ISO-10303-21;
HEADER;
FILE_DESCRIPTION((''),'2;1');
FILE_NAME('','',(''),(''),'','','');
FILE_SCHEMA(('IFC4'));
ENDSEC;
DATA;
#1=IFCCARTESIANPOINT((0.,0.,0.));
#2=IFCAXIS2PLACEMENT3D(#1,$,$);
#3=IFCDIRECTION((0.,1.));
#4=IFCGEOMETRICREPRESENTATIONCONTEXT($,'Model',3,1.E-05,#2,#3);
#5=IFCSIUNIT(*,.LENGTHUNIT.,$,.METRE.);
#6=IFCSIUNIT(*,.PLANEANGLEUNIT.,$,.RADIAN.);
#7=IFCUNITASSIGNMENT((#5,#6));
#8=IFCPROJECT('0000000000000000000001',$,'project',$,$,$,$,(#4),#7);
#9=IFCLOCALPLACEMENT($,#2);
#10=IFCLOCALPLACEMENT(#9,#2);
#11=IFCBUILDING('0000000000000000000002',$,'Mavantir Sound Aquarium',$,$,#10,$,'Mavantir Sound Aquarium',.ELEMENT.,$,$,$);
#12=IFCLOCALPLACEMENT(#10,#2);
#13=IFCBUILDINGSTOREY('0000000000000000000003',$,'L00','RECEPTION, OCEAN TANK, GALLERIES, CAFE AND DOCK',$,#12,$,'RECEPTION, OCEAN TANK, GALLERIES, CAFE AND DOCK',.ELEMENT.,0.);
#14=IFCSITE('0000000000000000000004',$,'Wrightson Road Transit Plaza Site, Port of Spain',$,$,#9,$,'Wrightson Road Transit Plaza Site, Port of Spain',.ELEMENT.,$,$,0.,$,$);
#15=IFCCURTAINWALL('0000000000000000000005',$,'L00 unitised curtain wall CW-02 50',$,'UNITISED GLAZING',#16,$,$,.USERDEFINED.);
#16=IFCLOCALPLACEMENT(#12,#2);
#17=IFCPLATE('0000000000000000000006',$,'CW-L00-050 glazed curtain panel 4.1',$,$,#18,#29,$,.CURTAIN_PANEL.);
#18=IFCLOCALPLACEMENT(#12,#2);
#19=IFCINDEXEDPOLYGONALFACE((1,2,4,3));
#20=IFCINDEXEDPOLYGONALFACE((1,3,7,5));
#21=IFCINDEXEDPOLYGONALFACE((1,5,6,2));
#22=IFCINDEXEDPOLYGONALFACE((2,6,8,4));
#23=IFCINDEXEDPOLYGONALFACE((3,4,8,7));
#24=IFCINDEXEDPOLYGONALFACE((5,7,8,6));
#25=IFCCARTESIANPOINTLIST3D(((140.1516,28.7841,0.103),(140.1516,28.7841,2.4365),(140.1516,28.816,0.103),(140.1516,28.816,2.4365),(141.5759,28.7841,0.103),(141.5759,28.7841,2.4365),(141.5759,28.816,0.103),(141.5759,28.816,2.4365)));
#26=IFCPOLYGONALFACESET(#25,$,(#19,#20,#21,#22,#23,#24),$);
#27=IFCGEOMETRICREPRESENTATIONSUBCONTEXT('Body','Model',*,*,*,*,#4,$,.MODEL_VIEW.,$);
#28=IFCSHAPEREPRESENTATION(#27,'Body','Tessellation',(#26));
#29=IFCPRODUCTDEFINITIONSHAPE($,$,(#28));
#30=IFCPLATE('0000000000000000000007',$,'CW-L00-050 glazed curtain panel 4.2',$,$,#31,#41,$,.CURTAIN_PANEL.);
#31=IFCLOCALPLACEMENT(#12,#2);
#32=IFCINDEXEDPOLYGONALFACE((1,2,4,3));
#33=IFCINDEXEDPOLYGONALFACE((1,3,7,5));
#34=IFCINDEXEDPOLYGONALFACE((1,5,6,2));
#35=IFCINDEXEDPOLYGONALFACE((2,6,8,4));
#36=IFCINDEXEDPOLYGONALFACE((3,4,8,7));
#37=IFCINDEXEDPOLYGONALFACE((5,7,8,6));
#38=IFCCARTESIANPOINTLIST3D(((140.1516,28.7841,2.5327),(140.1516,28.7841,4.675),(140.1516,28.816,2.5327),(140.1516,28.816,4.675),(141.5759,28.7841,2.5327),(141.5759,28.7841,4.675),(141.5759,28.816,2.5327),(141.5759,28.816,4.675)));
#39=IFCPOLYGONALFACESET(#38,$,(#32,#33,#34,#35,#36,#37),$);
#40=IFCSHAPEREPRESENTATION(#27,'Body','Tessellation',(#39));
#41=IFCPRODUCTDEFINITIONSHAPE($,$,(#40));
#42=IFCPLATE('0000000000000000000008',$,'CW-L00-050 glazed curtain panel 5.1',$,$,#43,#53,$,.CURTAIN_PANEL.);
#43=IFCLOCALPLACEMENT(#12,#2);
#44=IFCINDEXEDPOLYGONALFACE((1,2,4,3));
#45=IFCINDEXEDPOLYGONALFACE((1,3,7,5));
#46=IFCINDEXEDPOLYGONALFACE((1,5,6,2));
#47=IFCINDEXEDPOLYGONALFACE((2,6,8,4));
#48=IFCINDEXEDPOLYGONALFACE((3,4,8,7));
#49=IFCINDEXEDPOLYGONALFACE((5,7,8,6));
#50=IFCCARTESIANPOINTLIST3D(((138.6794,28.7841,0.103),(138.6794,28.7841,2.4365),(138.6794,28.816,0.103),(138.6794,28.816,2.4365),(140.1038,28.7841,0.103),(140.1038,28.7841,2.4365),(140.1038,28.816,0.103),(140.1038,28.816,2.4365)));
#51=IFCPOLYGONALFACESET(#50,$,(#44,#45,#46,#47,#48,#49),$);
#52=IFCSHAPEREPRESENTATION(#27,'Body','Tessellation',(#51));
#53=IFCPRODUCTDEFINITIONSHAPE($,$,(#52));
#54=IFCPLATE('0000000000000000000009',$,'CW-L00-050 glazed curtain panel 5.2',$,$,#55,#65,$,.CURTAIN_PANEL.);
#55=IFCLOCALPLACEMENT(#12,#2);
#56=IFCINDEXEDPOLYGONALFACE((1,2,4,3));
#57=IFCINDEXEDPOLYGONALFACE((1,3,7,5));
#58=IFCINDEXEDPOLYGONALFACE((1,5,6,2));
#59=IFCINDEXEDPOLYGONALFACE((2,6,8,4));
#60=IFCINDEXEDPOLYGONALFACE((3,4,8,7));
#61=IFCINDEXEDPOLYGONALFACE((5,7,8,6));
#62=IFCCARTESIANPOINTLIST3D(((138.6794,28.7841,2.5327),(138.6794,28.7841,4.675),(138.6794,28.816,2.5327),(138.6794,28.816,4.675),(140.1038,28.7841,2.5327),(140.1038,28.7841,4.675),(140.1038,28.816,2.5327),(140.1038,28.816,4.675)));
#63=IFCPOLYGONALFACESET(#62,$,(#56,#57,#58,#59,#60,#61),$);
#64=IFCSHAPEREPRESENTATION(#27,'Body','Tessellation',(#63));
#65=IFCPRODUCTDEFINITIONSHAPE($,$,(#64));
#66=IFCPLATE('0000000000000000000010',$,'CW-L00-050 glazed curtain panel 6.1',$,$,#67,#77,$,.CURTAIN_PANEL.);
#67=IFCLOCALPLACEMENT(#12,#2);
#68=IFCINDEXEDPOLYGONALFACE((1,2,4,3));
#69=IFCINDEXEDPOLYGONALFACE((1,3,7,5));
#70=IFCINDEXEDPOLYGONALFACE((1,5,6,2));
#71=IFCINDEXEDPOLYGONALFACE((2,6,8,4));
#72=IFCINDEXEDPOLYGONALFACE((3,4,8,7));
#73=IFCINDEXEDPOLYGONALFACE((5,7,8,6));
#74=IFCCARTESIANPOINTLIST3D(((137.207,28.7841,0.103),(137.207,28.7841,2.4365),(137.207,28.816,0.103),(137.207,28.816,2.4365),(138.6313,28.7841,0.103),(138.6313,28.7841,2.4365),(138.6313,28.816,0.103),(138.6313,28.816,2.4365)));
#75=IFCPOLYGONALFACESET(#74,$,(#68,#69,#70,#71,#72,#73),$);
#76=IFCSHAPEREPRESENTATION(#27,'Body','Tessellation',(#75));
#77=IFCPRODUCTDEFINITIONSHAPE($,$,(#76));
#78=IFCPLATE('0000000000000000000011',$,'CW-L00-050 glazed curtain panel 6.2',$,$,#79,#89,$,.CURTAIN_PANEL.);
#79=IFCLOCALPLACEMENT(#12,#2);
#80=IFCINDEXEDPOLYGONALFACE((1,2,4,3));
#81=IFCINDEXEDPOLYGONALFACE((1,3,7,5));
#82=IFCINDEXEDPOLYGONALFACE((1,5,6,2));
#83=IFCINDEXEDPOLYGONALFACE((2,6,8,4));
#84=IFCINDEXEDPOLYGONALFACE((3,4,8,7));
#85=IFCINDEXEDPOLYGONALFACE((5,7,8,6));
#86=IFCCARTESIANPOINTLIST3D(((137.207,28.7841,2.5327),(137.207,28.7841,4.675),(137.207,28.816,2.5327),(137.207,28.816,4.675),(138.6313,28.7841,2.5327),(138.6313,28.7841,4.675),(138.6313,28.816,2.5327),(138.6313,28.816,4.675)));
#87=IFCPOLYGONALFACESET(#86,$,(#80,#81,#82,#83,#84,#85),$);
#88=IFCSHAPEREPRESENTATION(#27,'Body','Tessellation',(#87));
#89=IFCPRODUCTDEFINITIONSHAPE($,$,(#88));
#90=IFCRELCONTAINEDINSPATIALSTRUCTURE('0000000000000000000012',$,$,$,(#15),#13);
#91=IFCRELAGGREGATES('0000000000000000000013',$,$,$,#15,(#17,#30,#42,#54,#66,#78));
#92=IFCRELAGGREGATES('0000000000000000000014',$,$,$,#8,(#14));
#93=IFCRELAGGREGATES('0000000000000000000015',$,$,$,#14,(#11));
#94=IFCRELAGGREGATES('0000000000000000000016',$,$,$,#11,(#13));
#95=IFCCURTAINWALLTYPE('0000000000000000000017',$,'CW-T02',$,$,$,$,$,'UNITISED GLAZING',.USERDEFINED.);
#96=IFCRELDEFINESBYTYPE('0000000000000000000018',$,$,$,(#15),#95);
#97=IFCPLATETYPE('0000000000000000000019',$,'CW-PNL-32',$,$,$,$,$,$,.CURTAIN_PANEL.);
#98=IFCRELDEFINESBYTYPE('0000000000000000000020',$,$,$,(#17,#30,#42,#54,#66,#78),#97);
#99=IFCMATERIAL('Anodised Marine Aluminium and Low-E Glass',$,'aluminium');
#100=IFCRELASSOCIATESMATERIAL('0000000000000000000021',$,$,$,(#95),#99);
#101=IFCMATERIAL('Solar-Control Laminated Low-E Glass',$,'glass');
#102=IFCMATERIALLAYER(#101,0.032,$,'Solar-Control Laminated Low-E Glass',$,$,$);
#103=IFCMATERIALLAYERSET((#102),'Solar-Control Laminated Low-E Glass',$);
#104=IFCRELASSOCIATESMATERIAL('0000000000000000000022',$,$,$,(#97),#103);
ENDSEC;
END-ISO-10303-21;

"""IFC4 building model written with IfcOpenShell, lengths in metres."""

from ifc_helpers import new_model, si_unit, direction, frame, origin, origin_2d, place, context, subcontext, project, spatial, rectangle, extrude, material, layer, layer_set, type_object, element, aggregate, save


model = new_model("IFC4")

# Units and contexts
model_context = context("Model", 3, precision=1e-05, world=origin(), true_north=direction((0.0, 1.0)))
body_context = subcontext(model_context, "Body", "Model", "MODEL_VIEW")
ifc_project = project(units=[si_unit("LENGTHUNIT", "METRE"), si_unit("PLANEANGLEUNIT", "RADIAN")], contexts=[model_context])

# Site, building, storey
site_placement = place(None, origin())
site = spatial("IfcSite", under=ifc_project, at=site_placement, Name="Wrightson Road Transit Plaza Site, Port of Spain", LongName="Wrightson Road Transit Plaza Site, Port of Spain", CompositionType="ELEMENT", RefElevation=0.0)
building_placement = place(site_placement, origin())
building = spatial("IfcBuilding", under=site, at=building_placement, Name="Mavantir Sound Aquarium", LongName="Mavantir Sound Aquarium", CompositionType="ELEMENT")
storey_placement = place(building_placement, origin())
storey = spatial("IfcBuildingStorey", under=building, at=storey_placement, Name="L00", Description="RECEPTION, OCEAN TANK, GALLERIES, CAFE AND DOCK", LongName="RECEPTION, OCEAN TANK, GALLERIES, CAFE AND DOCK", CompositionType="ELEMENT", Elevation=0.0)

# Shared definitions
ifc_material_1 = material(Name="Anodised Marine Aluminium and Low-E Glass", Category="aluminium")

# Curtain wall
curtain_wall_type_1 = type_object("IfcCurtainWallType", Name="CW-T02", ElementType="UNITISED GLAZING", PredefinedType="USERDEFINED", material=ifc_material_1)
curtain_wall_1_placement = place(storey_placement, origin())
curtain_wall_1 = element("IfcCurtainWall", 1, at=curtain_wall_1_placement, inside=storey, type_object=curtain_wall_type_1, Name="L00 unitised curtain wall CW-02 50", ObjectType="UNITISED GLAZING", PredefinedType="USERDEFINED")

# Plates
ifc_material_2 = material(Name="Solar-Control Laminated Low-E Glass", Category="glass")
ifc_layer_1 = layer(ifc_material_2, 0.032, Name="Solar-Control Laminated Low-E Glass")
ifc_layer_set_1 = layer_set([ifc_layer_1], Name="Solar-Control Laminated Low-E Glass")
plate_type_1 = type_object("IfcPlateType", Name="CW-PNL-32", PredefinedType="CURTAIN_PANEL", material=ifc_layer_set_1)
plate_1_placement = place(storey_placement, frame((140.8638, 28.8, 0.103), z_axis=(0.0, 0.0, 1.0), x_axis=(-1.0, 0.0, 0.0)))
plate_1 = element("IfcPlate", 2, at=plate_1_placement, type_object=plate_type_1, Name="CW-L00-050 glazed curtain panel 4.1", PredefinedType="CURTAIN_PANEL", context=body_context, shape_type="SweptSolid", body=[
    extrude(rectangle(XDim=1.4243, YDim=0.032, at=origin_2d()), origin(), (0.0, 0.0, 1.0), 2.3335),
])
plate_2_placement = place(storey_placement, frame((140.8638, 28.8, 2.5327), z_axis=(0.0, 0.0, 1.0), x_axis=(-1.0, 0.0, 0.0)))
plate_2 = element("IfcPlate", 3, at=plate_2_placement, type_object=plate_type_1, Name="CW-L00-050 glazed curtain panel 4.2", PredefinedType="CURTAIN_PANEL", context=body_context, shape_type="SweptSolid", body=[
    extrude(rectangle(XDim=1.4243, YDim=0.032, at=origin_2d()), origin(), (0.0, 0.0, 1.0), 2.1423),
])
plate_3_placement = place(storey_placement, frame((139.3916, 28.8, 0.103), z_axis=(0.0, 0.0, 1.0), x_axis=(-1.0, 0.0, 0.0)))
plate_3 = element("IfcPlate", 4, at=plate_3_placement, type_object=plate_type_1, Name="CW-L00-050 glazed curtain panel 5.1", PredefinedType="CURTAIN_PANEL", context=body_context, shape_type="SweptSolid", body=[
    extrude(rectangle(XDim=1.4243, YDim=0.032, at=origin_2d()), origin(), (0.0, 0.0, 1.0), 2.3335),
])
plate_4_placement = place(storey_placement, frame((139.3916, 28.8, 2.5327), z_axis=(0.0, 0.0, 1.0), x_axis=(-1.0, 0.0, 0.0)))
plate_4 = element("IfcPlate", 5, at=plate_4_placement, type_object=plate_type_1, Name="CW-L00-050 glazed curtain panel 5.2", PredefinedType="CURTAIN_PANEL", context=body_context, shape_type="SweptSolid", body=[
    extrude(rectangle(XDim=1.4243, YDim=0.032, at=origin_2d()), origin(), (0.0, 0.0, 1.0), 2.1423),
])
plate_5_placement = place(storey_placement, frame((137.9192, 28.8, 0.103), z_axis=(0.0, 0.0, 1.0), x_axis=(-1.0, 0.0, 0.0)))
plate_5 = element("IfcPlate", 6, at=plate_5_placement, type_object=plate_type_1, Name="CW-L00-050 glazed curtain panel 6.1", PredefinedType="CURTAIN_PANEL", context=body_context, shape_type="SweptSolid", body=[
    extrude(rectangle(XDim=1.4243, YDim=0.032, at=origin_2d()), origin(), (0.0, 0.0, 1.0), 2.3335),
])
plate_6_placement = place(storey_placement, frame((137.9192, 28.8, 2.5327), z_axis=(0.0, 0.0, 1.0), x_axis=(-1.0, 0.0, 0.0)))
plate_6 = element("IfcPlate", 7, at=plate_6_placement, type_object=plate_type_1, Name="CW-L00-050 glazed curtain panel 6.2", PredefinedType="CURTAIN_PANEL", context=body_context, shape_type="SweptSolid", body=[
    extrude(rectangle(XDim=1.4243, YDim=0.032, at=origin_2d()), origin(), (0.0, 0.0, 1.0), 2.1423),
])
aggregate(curtain_wall_1, [plate_1, plate_2, plate_3, plate_4, plate_5, plate_6])

save(model, "model.ifc")
